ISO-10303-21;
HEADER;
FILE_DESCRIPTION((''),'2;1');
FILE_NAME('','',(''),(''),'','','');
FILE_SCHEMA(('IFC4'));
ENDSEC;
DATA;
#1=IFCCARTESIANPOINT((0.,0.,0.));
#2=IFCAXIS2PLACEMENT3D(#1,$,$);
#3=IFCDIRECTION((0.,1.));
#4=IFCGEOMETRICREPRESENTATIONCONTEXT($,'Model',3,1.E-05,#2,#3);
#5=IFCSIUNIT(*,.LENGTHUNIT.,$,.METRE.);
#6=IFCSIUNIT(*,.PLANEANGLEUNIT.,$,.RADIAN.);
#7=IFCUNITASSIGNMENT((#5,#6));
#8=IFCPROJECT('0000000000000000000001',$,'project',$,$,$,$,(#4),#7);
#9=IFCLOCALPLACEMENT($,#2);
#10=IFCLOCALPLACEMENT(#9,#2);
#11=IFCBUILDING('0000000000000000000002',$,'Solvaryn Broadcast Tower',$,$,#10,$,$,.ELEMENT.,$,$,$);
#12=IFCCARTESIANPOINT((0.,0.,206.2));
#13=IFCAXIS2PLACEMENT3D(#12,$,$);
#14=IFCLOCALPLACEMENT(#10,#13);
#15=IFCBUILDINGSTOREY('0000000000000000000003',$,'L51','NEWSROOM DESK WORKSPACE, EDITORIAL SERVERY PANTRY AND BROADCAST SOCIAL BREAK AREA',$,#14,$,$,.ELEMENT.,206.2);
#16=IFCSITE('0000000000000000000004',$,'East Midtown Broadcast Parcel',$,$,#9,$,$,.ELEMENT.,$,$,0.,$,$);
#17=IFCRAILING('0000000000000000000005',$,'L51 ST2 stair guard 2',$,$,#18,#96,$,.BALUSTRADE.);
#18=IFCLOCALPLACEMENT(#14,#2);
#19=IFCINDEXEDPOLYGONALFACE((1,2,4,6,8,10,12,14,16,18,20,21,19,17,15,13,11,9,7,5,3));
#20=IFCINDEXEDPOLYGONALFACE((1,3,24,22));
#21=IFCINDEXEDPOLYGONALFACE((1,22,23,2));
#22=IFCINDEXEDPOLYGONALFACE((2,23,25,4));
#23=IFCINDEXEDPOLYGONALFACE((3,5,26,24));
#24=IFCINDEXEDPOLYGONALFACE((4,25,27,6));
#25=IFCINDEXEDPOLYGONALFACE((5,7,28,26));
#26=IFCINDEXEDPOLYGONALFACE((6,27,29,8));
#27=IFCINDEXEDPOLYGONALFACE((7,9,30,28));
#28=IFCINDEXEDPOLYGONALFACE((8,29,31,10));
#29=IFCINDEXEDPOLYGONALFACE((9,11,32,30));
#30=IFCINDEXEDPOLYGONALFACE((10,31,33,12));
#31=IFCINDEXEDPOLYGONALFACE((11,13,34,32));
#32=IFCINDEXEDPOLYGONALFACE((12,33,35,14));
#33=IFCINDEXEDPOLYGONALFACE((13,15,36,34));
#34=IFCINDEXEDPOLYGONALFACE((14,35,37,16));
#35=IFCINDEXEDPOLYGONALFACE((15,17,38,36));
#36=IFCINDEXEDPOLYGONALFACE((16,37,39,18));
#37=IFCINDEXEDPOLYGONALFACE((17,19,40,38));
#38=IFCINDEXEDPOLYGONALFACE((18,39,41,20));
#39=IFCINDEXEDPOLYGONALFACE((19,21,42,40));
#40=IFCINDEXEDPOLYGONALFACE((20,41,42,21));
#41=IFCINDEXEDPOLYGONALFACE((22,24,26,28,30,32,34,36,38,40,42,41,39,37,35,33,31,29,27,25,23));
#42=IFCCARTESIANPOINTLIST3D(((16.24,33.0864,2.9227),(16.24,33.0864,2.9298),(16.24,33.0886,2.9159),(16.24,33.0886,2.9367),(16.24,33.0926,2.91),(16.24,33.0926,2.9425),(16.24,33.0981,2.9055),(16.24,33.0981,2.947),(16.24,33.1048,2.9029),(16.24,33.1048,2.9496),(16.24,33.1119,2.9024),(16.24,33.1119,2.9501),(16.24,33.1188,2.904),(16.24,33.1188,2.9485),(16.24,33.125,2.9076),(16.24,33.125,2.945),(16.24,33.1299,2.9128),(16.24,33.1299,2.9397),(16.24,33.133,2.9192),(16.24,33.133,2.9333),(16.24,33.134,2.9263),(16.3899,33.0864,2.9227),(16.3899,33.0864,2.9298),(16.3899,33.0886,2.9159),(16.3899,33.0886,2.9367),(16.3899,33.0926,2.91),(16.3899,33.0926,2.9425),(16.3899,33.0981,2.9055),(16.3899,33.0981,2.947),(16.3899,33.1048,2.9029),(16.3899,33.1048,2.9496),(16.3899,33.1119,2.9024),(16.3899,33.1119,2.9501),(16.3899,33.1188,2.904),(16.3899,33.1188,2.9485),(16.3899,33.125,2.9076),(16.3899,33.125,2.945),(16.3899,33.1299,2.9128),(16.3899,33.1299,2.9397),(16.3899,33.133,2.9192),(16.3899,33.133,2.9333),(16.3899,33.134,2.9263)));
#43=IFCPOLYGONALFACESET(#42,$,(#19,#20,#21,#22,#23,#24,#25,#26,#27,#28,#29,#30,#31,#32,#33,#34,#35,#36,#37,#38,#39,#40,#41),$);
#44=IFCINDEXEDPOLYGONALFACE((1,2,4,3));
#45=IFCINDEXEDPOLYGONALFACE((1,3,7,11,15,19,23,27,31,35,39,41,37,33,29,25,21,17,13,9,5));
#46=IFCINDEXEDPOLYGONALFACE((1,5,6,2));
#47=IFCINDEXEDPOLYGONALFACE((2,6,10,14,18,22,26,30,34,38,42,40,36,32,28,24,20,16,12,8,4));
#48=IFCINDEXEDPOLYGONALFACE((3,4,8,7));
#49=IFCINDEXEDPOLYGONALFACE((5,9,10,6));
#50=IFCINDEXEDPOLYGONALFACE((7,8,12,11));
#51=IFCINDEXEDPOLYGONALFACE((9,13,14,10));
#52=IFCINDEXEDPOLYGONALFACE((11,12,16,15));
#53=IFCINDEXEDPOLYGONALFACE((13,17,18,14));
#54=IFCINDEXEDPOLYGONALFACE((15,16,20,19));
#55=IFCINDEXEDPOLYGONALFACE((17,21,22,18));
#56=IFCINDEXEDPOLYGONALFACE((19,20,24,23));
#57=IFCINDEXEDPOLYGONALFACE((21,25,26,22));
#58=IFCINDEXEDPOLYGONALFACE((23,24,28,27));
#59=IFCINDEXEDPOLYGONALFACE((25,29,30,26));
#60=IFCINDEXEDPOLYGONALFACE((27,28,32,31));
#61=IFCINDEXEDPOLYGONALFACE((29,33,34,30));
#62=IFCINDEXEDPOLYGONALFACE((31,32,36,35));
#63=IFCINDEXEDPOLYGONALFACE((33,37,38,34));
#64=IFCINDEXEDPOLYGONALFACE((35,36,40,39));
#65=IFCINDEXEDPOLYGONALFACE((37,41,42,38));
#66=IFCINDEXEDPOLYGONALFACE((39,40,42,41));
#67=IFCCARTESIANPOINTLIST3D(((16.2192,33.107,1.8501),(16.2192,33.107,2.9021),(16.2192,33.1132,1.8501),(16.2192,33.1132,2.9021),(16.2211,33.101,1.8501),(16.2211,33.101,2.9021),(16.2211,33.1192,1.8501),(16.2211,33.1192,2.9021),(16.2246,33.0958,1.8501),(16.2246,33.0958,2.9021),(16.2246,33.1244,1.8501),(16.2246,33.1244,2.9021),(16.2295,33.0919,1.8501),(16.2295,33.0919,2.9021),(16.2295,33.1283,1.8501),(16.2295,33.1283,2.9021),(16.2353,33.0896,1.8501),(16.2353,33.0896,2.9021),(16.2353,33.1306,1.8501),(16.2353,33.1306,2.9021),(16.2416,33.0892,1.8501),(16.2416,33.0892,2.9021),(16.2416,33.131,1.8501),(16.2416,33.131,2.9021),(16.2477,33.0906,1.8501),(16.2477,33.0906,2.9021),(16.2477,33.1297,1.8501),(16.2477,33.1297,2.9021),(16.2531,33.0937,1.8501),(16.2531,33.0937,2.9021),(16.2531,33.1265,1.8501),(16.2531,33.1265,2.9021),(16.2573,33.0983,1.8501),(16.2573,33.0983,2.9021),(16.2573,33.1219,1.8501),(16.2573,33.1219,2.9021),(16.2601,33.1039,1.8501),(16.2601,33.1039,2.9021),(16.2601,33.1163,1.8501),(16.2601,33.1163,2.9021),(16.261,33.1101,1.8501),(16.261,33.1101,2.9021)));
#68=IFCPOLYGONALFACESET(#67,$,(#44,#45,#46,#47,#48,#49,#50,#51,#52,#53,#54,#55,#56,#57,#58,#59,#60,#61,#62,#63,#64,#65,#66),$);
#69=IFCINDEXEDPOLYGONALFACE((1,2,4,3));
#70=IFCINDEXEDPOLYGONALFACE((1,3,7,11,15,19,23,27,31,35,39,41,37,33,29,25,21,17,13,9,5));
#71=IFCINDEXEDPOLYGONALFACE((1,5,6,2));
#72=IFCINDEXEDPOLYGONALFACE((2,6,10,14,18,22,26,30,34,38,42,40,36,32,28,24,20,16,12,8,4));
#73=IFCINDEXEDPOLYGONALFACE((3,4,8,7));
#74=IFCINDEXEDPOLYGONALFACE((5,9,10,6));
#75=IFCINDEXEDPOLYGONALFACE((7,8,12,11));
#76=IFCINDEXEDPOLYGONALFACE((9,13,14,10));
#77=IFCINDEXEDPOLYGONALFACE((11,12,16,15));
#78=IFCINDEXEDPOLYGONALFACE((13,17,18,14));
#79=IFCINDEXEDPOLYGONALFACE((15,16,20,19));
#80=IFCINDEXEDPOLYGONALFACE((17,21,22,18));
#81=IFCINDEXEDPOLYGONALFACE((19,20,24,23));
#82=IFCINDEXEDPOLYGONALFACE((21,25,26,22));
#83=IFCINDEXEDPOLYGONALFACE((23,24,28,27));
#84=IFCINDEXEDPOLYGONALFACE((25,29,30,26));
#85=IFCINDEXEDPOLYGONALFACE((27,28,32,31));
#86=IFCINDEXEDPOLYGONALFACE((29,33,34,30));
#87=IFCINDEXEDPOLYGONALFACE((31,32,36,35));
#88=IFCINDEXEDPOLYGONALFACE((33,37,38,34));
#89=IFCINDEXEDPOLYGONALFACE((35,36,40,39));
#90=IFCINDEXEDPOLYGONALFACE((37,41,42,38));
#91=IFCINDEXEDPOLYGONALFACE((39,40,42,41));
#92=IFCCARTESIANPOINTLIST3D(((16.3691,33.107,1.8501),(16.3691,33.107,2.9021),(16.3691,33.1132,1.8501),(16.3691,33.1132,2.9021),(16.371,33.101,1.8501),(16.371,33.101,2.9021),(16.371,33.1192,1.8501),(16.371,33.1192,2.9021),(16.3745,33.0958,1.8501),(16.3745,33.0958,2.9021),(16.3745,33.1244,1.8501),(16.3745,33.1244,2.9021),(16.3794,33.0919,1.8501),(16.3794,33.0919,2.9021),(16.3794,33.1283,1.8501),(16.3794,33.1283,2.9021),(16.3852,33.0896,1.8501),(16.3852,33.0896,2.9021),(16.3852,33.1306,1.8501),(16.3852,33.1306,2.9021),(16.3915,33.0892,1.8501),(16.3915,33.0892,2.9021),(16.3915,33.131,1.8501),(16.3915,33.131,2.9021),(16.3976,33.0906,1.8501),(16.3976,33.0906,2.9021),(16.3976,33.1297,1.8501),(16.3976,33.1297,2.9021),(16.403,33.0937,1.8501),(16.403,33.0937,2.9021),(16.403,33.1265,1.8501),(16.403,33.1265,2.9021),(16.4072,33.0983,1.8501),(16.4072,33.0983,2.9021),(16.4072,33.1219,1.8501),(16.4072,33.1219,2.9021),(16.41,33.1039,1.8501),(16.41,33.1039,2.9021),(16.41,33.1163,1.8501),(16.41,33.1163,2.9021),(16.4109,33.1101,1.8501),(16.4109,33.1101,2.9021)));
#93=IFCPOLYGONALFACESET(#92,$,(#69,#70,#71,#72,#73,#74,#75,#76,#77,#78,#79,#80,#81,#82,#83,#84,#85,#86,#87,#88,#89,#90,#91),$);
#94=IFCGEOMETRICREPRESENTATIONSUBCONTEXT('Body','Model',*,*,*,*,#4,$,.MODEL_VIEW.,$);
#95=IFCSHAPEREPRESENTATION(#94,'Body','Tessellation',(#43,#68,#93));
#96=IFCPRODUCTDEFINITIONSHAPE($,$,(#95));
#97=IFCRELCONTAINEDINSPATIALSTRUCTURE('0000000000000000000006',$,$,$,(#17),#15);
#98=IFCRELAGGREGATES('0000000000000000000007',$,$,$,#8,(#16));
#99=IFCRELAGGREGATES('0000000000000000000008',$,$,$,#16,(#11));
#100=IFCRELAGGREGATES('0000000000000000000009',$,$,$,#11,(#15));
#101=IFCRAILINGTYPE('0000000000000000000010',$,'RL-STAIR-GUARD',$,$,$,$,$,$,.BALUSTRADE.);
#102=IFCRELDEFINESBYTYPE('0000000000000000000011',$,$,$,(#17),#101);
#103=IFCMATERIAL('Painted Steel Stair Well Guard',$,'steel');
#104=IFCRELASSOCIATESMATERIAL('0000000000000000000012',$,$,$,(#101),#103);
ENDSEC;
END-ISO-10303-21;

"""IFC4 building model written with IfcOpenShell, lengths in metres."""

from ifc_helpers import new_model, si_unit, direction, frame, origin, origin_2d, place, context, subcontext, project, spatial, circle, extrude, material, type_object, element, save


model = new_model("IFC4")

# Units and contexts
model_context = context("Model", 3, precision=1e-05, world=origin(), true_north=direction((0.0, 1.0)))
body_context = subcontext(model_context, "Body", "Model", "MODEL_VIEW")
ifc_project = project(units=[si_unit("LENGTHUNIT", "METRE"), si_unit("PLANEANGLEUNIT", "RADIAN")], contexts=[model_context])

# Site, building, storey
site_placement = place(None, origin())
site = spatial("IfcSite", under=ifc_project, at=site_placement, Name="East Midtown Broadcast Parcel", CompositionType="ELEMENT", RefElevation=0.0)
building_placement = place(site_placement, origin())
building = spatial("IfcBuilding", under=site, at=building_placement, Name="Solvaryn Broadcast Tower", CompositionType="ELEMENT")
storey_placement = place(building_placement, frame((0.0, 0.0, 206.2)))
storey = spatial("IfcBuildingStorey", under=building, at=storey_placement, Name="L51", Description="NEWSROOM DESK WORKSPACE, EDITORIAL SERVERY PANTRY AND BROADCAST SOCIAL BREAK AREA", CompositionType="ELEMENT", Elevation=206.2)

# Railing
ifc_material_1 = material(Name="Painted Steel Stair Well Guard", Category="steel")
railing_type_1 = type_object("IfcRailingType", Name="RL-STAIR-GUARD", PredefinedType="BALUSTRADE", material=ifc_material_1)
railing_1_placement = place(storey_placement, frame((16.24, 33.1101, 1.8501)))
element("IfcRailing", 1, at=railing_1_placement, inside=storey, type_object=railing_type_1, Name="L51 ST2 stair guard 2", PredefinedType="BALUSTRADE", context=body_context, shape_type="SweptSolid", body=[
    extrude(circle(Radius=0.0239, at=origin_2d()), frame((0.0, 0.0, 1.0762), z_axis=(1.0, 0.0, 0.0), x_axis=(0.0, 1.0, 0.0)), (0.0, 0.0, 1.0), 0.1499),
    extrude(circle(Radius=0.021, at=origin_2d()), origin(), (0.0, 0.0, 1.0), 1.052),
    extrude(circle(Radius=0.021, at=origin_2d()), frame((0.1499, 0.0, 0.0)), (0.0, 0.0, 1.0), 1.052),
])

save(model, "model.ifc")
